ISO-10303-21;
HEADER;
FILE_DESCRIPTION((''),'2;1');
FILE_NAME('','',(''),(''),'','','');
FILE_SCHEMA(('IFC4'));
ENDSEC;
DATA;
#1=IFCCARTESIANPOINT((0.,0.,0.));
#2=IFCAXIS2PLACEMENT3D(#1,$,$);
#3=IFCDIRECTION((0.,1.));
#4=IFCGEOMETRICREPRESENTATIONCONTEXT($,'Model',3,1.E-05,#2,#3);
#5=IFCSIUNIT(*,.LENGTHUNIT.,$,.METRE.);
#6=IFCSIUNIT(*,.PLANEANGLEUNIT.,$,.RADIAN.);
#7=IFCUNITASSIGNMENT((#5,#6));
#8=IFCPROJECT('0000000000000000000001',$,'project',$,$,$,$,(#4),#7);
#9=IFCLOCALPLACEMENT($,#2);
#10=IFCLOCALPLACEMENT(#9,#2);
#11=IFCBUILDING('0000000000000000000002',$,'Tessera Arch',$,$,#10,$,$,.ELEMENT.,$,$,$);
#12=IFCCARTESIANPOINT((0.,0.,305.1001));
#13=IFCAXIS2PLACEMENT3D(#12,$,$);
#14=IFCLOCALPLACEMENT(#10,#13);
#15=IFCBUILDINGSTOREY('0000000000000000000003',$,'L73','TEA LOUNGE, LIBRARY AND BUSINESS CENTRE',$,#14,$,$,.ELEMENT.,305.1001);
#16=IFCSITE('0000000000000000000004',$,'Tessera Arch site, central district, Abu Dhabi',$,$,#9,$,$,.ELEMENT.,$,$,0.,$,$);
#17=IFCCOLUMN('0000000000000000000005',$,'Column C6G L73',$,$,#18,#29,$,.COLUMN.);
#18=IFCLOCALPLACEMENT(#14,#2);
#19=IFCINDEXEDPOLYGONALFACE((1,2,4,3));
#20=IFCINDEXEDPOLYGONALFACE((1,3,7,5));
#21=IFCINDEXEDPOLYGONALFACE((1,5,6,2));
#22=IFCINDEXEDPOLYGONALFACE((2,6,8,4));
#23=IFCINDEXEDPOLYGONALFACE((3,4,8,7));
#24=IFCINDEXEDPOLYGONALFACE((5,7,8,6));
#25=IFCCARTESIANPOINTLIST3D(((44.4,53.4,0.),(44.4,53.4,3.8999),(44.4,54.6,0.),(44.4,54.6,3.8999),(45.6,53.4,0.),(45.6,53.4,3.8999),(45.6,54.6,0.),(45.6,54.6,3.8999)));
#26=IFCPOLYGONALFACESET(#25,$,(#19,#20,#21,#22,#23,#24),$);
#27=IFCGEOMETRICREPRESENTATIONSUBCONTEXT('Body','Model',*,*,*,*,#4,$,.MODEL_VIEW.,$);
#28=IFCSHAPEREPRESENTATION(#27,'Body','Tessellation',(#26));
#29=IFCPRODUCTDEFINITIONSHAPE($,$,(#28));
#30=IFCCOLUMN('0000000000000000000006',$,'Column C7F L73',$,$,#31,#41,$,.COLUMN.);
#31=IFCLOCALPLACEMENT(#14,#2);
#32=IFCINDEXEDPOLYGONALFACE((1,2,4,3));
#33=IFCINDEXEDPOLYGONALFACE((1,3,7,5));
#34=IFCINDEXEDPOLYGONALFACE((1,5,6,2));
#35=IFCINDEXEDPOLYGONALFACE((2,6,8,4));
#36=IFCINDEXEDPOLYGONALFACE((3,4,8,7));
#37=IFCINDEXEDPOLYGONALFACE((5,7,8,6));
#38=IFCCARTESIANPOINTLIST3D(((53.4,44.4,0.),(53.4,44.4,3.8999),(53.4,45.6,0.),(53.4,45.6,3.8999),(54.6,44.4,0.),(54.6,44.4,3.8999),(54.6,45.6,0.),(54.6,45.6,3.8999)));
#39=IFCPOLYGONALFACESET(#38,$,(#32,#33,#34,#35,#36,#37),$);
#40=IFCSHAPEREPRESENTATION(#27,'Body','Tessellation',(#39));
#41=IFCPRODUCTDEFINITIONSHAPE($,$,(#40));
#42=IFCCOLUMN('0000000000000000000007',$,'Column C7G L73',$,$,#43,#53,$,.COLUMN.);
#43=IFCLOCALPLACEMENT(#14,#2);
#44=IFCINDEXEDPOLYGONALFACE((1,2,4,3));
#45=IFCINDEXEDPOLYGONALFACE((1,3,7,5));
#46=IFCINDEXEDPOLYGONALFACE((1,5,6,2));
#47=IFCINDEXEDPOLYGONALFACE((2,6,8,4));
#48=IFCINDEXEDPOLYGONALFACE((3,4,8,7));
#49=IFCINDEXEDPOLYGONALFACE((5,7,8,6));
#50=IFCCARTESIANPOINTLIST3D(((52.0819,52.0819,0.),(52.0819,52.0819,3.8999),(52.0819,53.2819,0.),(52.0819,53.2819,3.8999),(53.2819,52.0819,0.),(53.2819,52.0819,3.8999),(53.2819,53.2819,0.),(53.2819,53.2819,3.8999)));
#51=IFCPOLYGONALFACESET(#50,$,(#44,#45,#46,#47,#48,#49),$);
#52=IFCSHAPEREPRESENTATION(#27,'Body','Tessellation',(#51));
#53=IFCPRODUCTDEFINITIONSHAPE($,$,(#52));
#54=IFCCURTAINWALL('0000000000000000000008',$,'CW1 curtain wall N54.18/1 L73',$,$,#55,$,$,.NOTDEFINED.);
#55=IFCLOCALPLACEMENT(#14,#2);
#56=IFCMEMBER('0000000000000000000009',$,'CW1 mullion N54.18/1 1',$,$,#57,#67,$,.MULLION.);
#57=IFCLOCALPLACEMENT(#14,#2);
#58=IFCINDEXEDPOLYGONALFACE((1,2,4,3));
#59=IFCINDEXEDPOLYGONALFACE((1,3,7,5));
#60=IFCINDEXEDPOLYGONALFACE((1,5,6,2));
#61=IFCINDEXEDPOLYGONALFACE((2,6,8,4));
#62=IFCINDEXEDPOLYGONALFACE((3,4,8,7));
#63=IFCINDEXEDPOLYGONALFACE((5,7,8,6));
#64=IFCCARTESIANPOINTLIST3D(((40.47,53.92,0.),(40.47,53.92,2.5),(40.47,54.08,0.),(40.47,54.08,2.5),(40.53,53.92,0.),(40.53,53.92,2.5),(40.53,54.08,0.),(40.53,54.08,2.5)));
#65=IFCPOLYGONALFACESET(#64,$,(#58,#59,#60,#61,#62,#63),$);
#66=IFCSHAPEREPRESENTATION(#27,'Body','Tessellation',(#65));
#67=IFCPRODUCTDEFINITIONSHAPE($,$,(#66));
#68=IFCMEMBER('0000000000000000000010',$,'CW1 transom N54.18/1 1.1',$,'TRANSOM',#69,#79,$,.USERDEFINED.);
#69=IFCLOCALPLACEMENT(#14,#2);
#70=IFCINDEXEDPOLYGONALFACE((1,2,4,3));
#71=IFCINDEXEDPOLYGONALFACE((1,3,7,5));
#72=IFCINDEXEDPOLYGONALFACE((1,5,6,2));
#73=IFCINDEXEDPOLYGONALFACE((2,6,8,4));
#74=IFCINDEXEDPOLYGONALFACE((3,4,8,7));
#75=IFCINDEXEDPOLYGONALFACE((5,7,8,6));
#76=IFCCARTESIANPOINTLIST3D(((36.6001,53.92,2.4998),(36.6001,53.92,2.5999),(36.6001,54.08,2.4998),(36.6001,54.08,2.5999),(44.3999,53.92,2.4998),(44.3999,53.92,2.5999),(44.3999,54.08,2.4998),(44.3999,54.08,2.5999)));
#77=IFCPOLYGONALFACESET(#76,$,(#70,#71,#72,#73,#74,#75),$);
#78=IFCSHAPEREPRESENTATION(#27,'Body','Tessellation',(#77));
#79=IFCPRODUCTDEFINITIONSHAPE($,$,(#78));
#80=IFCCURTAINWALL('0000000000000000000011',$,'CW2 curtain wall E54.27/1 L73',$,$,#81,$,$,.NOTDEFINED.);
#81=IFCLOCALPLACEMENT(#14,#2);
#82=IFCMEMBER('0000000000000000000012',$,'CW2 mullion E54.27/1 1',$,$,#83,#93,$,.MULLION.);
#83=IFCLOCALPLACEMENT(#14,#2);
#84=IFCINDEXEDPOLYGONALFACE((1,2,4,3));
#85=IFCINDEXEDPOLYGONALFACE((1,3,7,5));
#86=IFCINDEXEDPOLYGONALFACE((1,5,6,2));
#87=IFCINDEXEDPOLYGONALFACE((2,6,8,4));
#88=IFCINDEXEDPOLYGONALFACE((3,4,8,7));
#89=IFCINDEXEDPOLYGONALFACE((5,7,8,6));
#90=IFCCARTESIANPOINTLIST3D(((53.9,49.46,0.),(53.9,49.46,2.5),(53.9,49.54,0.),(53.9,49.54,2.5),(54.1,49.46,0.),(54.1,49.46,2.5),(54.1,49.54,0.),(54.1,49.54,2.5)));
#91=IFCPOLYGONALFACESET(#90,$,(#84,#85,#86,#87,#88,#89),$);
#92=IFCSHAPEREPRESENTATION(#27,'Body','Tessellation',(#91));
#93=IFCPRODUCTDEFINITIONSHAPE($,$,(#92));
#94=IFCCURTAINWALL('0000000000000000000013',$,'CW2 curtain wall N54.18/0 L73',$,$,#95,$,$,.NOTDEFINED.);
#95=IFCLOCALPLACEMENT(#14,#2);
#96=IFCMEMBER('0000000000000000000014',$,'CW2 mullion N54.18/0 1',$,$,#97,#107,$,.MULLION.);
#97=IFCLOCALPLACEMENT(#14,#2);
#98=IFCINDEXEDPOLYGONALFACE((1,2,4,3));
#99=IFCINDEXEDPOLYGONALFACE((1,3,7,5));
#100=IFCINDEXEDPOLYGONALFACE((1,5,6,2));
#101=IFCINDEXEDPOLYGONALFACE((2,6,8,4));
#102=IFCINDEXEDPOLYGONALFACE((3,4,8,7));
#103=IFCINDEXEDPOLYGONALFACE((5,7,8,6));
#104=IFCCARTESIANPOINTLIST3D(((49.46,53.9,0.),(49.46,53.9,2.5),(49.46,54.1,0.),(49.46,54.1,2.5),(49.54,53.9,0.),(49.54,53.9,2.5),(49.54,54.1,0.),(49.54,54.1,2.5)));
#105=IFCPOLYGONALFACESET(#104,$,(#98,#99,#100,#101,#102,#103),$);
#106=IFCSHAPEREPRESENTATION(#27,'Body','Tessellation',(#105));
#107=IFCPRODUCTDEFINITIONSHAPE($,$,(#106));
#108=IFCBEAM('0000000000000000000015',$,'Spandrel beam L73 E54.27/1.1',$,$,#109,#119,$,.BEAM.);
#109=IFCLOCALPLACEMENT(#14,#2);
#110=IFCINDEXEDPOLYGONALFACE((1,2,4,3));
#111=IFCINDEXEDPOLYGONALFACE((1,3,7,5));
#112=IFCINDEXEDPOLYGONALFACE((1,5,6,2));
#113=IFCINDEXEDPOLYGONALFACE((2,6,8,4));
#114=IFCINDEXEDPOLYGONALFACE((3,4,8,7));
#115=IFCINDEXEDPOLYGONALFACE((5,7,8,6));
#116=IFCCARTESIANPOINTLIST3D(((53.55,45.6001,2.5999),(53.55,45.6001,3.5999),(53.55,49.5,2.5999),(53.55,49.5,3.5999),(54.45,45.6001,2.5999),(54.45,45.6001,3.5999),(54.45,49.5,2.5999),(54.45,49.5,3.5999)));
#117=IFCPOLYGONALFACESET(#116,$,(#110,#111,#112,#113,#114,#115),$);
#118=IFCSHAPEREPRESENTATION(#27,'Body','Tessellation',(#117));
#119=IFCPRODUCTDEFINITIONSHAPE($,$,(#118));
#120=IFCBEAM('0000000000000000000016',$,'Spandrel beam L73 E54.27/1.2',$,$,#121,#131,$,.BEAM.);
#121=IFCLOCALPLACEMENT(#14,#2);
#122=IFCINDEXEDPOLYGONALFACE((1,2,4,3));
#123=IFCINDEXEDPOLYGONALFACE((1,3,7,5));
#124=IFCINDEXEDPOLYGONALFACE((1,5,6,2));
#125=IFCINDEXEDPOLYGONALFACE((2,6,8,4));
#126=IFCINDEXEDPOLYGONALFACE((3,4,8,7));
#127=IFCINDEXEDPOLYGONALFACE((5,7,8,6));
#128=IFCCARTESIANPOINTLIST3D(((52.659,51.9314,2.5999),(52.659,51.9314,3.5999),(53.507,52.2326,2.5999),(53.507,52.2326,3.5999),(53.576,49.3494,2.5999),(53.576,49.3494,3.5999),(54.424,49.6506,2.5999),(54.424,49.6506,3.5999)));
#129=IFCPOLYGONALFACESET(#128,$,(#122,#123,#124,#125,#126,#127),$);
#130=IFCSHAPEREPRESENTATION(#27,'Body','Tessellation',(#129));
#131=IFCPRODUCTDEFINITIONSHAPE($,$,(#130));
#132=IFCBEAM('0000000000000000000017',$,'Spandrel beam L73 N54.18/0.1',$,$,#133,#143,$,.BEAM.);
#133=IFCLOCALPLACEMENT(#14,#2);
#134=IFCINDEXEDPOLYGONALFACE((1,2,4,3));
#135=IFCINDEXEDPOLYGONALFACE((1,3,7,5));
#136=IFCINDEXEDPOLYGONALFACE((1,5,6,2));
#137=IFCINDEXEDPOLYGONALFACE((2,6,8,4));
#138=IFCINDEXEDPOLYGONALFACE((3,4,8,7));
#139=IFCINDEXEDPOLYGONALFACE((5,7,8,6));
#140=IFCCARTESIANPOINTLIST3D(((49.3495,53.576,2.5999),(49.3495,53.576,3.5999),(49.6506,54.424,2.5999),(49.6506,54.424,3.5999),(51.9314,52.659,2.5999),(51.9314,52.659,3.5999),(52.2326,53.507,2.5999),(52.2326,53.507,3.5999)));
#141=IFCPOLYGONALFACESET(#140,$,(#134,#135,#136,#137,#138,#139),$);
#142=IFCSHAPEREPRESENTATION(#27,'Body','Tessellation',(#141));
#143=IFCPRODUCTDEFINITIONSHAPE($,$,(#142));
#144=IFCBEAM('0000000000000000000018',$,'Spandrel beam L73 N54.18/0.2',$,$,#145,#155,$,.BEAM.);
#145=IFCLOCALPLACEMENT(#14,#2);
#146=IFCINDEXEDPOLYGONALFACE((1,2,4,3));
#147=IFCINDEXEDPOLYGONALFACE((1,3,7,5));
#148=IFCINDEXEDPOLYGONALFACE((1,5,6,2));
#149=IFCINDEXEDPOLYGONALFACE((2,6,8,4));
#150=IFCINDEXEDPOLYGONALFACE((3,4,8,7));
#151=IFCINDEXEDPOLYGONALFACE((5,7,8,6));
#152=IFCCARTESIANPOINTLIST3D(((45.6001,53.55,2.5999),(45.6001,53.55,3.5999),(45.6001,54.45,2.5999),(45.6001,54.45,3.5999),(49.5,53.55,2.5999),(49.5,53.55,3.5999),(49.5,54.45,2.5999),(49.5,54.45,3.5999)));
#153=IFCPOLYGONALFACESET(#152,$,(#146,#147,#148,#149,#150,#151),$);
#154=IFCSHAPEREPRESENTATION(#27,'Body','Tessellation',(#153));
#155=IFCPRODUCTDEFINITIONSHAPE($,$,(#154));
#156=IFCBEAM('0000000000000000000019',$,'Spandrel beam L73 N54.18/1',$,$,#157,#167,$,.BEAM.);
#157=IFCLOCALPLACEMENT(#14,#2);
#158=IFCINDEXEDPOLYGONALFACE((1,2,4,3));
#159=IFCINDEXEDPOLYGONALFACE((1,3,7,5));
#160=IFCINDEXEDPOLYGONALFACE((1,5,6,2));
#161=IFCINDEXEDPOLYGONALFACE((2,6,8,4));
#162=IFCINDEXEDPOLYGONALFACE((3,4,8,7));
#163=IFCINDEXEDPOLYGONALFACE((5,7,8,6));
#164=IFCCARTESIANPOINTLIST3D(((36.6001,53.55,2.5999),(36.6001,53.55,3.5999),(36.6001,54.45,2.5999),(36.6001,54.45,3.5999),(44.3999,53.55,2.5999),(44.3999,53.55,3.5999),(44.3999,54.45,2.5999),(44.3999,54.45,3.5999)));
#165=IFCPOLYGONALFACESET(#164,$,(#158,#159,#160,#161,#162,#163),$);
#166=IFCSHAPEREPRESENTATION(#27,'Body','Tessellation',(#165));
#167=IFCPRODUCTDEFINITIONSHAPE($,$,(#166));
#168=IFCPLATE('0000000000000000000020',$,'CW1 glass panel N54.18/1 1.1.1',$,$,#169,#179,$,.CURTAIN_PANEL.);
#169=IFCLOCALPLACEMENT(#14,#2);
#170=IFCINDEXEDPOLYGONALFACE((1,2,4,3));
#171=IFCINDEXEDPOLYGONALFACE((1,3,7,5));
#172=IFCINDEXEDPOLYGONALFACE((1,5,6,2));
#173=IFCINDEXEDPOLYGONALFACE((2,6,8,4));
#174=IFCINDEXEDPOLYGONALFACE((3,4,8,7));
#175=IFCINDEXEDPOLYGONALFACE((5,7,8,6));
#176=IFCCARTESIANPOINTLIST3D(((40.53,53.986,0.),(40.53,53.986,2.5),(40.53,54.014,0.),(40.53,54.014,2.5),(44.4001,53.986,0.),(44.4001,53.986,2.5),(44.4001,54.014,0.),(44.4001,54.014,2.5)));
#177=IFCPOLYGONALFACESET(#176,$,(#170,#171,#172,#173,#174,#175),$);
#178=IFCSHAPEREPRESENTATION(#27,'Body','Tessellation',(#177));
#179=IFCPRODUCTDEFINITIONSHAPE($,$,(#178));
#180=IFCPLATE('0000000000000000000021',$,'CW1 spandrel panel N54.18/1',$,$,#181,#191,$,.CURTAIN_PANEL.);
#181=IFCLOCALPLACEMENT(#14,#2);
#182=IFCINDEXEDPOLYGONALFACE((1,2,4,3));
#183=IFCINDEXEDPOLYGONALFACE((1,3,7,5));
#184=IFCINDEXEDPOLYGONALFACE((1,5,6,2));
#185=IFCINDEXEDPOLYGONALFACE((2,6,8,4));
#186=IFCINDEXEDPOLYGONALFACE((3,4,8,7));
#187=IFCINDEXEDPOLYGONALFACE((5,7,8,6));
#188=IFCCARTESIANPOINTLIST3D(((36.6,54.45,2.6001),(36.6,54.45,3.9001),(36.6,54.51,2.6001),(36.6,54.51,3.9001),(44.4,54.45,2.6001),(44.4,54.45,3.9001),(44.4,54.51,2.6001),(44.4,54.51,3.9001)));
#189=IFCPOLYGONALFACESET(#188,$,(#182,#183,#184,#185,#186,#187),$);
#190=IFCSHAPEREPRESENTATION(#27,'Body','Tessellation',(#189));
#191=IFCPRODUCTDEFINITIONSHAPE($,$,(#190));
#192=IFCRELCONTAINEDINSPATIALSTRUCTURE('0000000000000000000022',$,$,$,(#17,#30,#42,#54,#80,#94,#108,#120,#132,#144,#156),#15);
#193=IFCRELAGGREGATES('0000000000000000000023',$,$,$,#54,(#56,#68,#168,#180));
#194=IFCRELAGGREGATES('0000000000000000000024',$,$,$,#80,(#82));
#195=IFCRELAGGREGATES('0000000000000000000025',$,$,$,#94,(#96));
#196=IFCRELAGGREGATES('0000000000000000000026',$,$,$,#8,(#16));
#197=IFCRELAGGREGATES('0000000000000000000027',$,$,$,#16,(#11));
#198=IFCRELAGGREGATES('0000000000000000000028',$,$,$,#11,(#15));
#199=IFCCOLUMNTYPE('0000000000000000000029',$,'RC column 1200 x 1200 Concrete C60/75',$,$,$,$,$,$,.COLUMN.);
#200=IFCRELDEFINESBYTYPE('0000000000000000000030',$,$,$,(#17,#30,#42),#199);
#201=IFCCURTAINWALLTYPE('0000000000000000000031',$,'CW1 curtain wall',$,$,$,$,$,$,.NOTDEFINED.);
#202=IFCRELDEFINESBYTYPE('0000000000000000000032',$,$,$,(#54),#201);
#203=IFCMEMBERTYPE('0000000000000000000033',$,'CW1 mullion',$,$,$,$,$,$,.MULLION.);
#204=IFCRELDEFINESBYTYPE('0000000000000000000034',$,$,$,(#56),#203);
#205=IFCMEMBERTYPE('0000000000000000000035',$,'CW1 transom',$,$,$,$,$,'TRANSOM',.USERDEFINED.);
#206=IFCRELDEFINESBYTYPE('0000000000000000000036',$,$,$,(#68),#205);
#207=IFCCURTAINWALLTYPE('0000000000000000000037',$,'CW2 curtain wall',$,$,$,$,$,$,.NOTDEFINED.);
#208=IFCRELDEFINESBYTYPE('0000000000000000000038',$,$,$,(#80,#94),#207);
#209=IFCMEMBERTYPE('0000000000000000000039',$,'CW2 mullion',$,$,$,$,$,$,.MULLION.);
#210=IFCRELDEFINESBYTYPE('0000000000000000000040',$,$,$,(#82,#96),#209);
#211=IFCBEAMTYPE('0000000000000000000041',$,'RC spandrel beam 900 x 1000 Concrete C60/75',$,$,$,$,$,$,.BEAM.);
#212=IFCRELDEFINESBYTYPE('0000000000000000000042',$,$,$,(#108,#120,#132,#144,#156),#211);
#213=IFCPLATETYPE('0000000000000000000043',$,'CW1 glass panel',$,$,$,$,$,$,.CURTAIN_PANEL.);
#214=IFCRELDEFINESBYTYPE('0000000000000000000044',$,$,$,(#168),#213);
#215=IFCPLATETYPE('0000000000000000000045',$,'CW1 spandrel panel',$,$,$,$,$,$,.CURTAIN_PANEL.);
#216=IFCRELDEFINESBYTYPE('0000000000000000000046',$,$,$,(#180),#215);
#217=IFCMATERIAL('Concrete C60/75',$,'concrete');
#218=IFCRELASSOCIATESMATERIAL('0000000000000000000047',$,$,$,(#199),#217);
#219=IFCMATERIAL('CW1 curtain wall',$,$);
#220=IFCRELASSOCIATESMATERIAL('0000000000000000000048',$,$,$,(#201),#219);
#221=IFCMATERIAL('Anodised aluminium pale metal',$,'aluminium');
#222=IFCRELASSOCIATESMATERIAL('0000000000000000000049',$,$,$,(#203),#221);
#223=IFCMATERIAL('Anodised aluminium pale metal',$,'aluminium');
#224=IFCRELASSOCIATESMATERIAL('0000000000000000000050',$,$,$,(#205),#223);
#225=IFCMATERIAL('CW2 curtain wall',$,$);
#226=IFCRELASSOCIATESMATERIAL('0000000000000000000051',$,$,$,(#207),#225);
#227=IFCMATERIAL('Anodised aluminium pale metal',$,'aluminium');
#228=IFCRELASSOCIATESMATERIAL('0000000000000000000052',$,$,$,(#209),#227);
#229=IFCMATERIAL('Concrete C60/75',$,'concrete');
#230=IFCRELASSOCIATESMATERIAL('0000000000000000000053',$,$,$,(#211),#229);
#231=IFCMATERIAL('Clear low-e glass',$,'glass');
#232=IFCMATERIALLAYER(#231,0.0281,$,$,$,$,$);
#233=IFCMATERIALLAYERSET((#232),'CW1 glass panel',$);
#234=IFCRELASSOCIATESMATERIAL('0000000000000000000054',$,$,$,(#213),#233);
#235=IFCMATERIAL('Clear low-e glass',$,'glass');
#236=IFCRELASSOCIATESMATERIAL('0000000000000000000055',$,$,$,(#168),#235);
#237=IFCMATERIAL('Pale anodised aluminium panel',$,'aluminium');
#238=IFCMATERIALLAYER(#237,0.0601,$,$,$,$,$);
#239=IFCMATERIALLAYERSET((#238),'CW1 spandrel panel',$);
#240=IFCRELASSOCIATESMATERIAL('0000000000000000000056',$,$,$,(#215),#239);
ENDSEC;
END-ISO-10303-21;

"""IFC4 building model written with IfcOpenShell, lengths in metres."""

from ifc_helpers import new_model, si_unit, direction, frame, origin, origin_2d, place, context, subcontext, project, spatial, rectangle, extrude, material, layer, layer_set, material_profile, profile_set, type_object, element, aggregate, save


model = new_model("IFC4")

# Units and contexts
model_context = context("Model", 3, precision=1e-05, world=origin(), true_north=direction((0.0, 1.0)))
body_context = subcontext(model_context, "Body", "Model", "MODEL_VIEW")
ifc_project = project(units=[si_unit("LENGTHUNIT", "METRE"), si_unit("PLANEANGLEUNIT", "RADIAN")], contexts=[model_context])

# Site, building, storey
site_placement = place(None, origin())
site = spatial("IfcSite", under=ifc_project, at=site_placement, Name="Tessera Arch site, central district, Abu Dhabi", CompositionType="ELEMENT", RefElevation=0.0)
building_placement = place(site_placement, origin())
building = spatial("IfcBuilding", under=site, at=building_placement, Name="Tessera Arch", CompositionType="ELEMENT")
storey_placement = place(building_placement, frame((0.0, 0.0, 305.1001)))
storey = spatial("IfcBuildingStorey", under=building, at=storey_placement, Name="L73", Description="TEA LOUNGE, LIBRARY AND BUSINESS CENTRE", CompositionType="ELEMENT", Elevation=305.1001)

# Columns
ifc_material_1 = material(Name="Concrete C60/75", Category="concrete")
ifc_material_profile_1 = material_profile(ifc_material_1, rectangle(XDim=1.2, YDim=1.2, at=origin_2d()), Name="RC column 1200 x 1200 Concrete C60/75")
ifc_profile_set_1 = profile_set([ifc_material_profile_1], Name="Concrete C60/75")
column_type = type_object("IfcColumnType", Name="RC column 1200 x 1200 Concrete C60/75", PredefinedType="COLUMN", material=ifc_profile_set_1)
for number, where, z_axis, x_axis, name in (
    (1, (45.0, 54.0, 0.0), (0.0, 0.0, 1.0), (1.0, 0.0, 0.0), "Column C6G L73"),
    (2, (54.0, 45.0, 0.0), (0.0, 0.0, 1.0), (1.0, 0.0, 0.0), "Column C7F L73"),
    (3, (52.6819, 52.6819, 0.0), (0.0, 0.0, 1.0), (1.0, 0.0, 0.0), "Column C7G L73"),
):
    element("IfcColumn", number, at=place(storey_placement, frame(where, z_axis=z_axis, x_axis=x_axis)), inside=storey, type_object=column_type, Name=name, PredefinedType="COLUMN", context=body_context, shape_type="SweptSolid", body=[
        extrude(rectangle(XDim=1.2, YDim=1.2, at=origin_2d()), origin(), (0.0, 0.0, 1.0), 3.8999),
    ])

# Curtain wall, members
ifc_material_2 = material(Name="CW1 curtain wall")
curtain_wall_type_1 = type_object("IfcCurtainWallType", Name="CW1 curtain wall", PredefinedType="NOTDEFINED", material=ifc_material_2)
curtain_wall_1_placement = place(storey_placement, origin())
curtain_wall_1 = element("IfcCurtainWall", 4, at=curtain_wall_1_placement, inside=storey, type_object=curtain_wall_type_1, Name="CW1 curtain wall N54.18/1 L73", PredefinedType="NOTDEFINED")
ifc_material_3 = material(Name="Anodised aluminium pale metal", Category="aluminium")
ifc_material_profile_2 = material_profile(ifc_material_3, rectangle(XDim=0.1599, YDim=0.0601, at=origin_2d()), Name="AL 60x160")
ifc_profile_set_2 = profile_set([ifc_material_profile_2], Name="Anodised aluminium pale metal")
member_type_1 = type_object("IfcMemberType", Name="CW1 mullion", PredefinedType="MULLION", material=ifc_profile_set_2)
member_1_placement = place(storey_placement, frame((40.5, 54.0, 0.0), z_axis=(0.0, 0.0, 1.0), x_axis=(0.0, -1.0, 0.0)))
member_1 = element("IfcMember", 5, at=member_1_placement, type_object=member_type_1, Name="CW1 mullion N54.18/1 1", PredefinedType="MULLION", context=body_context, shape_type="SweptSolid", body=[
    extrude(rectangle(XDim=0.1599, YDim=0.0601, at=origin_2d()), origin(), (0.0, 0.0, 1.0), 2.5),
])
ifc_material_4 = material(Name="Anodised aluminium pale metal", Category="aluminium")
ifc_material_profile_3 = material_profile(ifc_material_4, rectangle(XDim=0.1599, YDim=0.1001, at=origin_2d()), Name="AL 160x100")
ifc_profile_set_3 = profile_set([ifc_material_profile_3], Name="Anodised aluminium pale metal")
member_type_2 = type_object("IfcMemberType", Name="CW1 transom", ElementType="TRANSOM", PredefinedType="USERDEFINED", material=ifc_profile_set_3)
member_2_placement = place(storey_placement, frame((44.3999, 54.0, 2.5498), z_axis=(-1.0, 0.0, 0.0), x_axis=(0.0, -1.0, 0.0)))
member_2 = element("IfcMember", 6, at=member_2_placement, type_object=member_type_2, Name="CW1 transom N54.18/1 1.1", ObjectType="TRANSOM", PredefinedType="USERDEFINED", context=body_context, shape_type="SweptSolid", body=[
    extrude(rectangle(XDim=0.1599, YDim=0.1001, at=origin_2d()), origin(), (0.0, 0.0, 1.0), 7.7998),
])

# Curtain walls, members
ifc_material_5 = material(Name="CW2 curtain wall")
curtain_wall_type_2 = type_object("IfcCurtainWallType", Name="CW2 curtain wall", PredefinedType="NOTDEFINED", material=ifc_material_5)
curtain_wall_2_placement = place(storey_placement, origin())
curtain_wall_2 = element("IfcCurtainWall", 7, at=curtain_wall_2_placement, inside=storey, type_object=curtain_wall_type_2, Name="CW2 curtain wall E54.27/1 L73", PredefinedType="NOTDEFINED")
ifc_material_6 = material(Name="Anodised aluminium pale metal", Category="aluminium")
ifc_material_profile_4 = material_profile(ifc_material_6, rectangle(XDim=0.2, YDim=0.0801, at=origin_2d()), Name="AL 80x200")
ifc_profile_set_4 = profile_set([ifc_material_profile_4], Name="Anodised aluminium pale metal")
member_type_3 = type_object("IfcMemberType", Name="CW2 mullion", PredefinedType="MULLION", material=ifc_profile_set_4)
member_3_placement = place(storey_placement, frame((54.0, 49.5, 0.0), z_axis=(0.0, 0.0, 1.0), x_axis=(-1.0, 0.0, 0.0)))
member_3 = element("IfcMember", 8, at=member_3_placement, type_object=member_type_3, Name="CW2 mullion E54.27/1 1", PredefinedType="MULLION", context=body_context, shape_type="SweptSolid", body=[
    extrude(rectangle(XDim=0.2, YDim=0.0801, at=origin_2d()), origin(), (0.0, 0.0, 1.0), 2.5),
])
curtain_wall_3_placement = place(storey_placement, origin())
curtain_wall_3 = element("IfcCurtainWall", 9, at=curtain_wall_3_placement, inside=storey, type_object=curtain_wall_type_2, Name="CW2 curtain wall N54.18/0 L73", PredefinedType="NOTDEFINED")
member_4_placement = place(storey_placement, frame((49.5, 54.0, 0.0), z_axis=(0.0, 0.0, 1.0), x_axis=(0.0, -1.0, 0.0)))
member_4 = element("IfcMember", 10, at=member_4_placement, type_object=member_type_3, Name="CW2 mullion N54.18/0 1", PredefinedType="MULLION", context=body_context, shape_type="SweptSolid", body=[
    extrude(rectangle(XDim=0.2, YDim=0.0801, at=origin_2d()), origin(), (0.0, 0.0, 1.0), 2.5),
])

# Beams
ifc_material_7 = material(Name="Concrete C60/75", Category="concrete")
ifc_material_profile_5 = material_profile(ifc_material_7, rectangle(XDim=0.8999, YDim=1.0, at=origin_2d()), Name="RC spandrel beam 900 x 1000 Concrete C60/75")
ifc_profile_set_5 = profile_set([ifc_material_profile_5], Name="Concrete C60/75")
beam_type = type_object("IfcBeamType", Name="RC spandrel beam 900 x 1000 Concrete C60/75", PredefinedType="BEAM", material=ifc_profile_set_5)
beam_1_placement = place(storey_placement, frame((54.0, 45.6001, 3.0999), z_axis=(0.0, 1.0, 0.0), x_axis=(-1.0, 0.0, 0.0)))
element("IfcBeam", 11, at=beam_1_placement, inside=storey, type_object=beam_type, Name="Spandrel beam L73 E54.27/1.1", PredefinedType="BEAM", context=body_context, shape_type="SweptSolid", body=[
    extrude(rectangle(XDim=0.8999, YDim=1.0, at=origin_2d()), origin(), (0.0, 0.0, 1.0), 3.8999),
])
for number, where, z_axis, x_axis, name in (
    (12, (54.0, 49.5, 3.0999), (-0.334665, 0.942337, 0.0), (-0.942337, -0.334665, 0.0), "Spandrel beam L73 E54.27/1.2"),
    (13, (52.082, 53.083, 3.0999), (-0.942337, 0.334665, 0.0), (-0.334665, -0.942337, 0.0), "Spandrel beam L73 N54.18/0.1"),
):
    element("IfcBeam", number, at=place(storey_placement, frame(where, z_axis=z_axis, x_axis=x_axis)), inside=storey, type_object=beam_type, Name=name, PredefinedType="BEAM", context=body_context, shape_type="SweptSolid", body=[
        extrude(rectangle(XDim=0.8999, YDim=1.0, at=origin_2d()), origin(), (0.0, 0.0, 1.0), 2.74),
    ])
beam_2_placement = place(storey_placement, frame((49.5, 54.0, 3.0999), z_axis=(-1.0, 0.0, 0.0), x_axis=(0.0, -1.0, 0.0)))
element("IfcBeam", 14, at=beam_2_placement, inside=storey, type_object=beam_type, Name="Spandrel beam L73 N54.18/0.2", PredefinedType="BEAM", context=body_context, shape_type="SweptSolid", body=[
    extrude(rectangle(XDim=0.8999, YDim=1.0, at=origin_2d()), origin(), (0.0, 0.0, 1.0), 3.8999),
])
beam_3_placement = place(storey_placement, frame((44.3999, 54.0, 3.0999), z_axis=(-1.0, 0.0, 0.0), x_axis=(0.0, -1.0, 0.0)))
element("IfcBeam", 15, at=beam_3_placement, inside=storey, type_object=beam_type, Name="Spandrel beam L73 N54.18/1", PredefinedType="BEAM", context=body_context, shape_type="SweptSolid", body=[
    extrude(rectangle(XDim=0.8999, YDim=1.0, at=origin_2d()), origin(), (0.0, 0.0, 1.0), 7.7998),
])

# Plates
ifc_material_8 = material(Name="Clear low-e glass", Category="glass")
ifc_material_9 = material(Name="Clear low-e glass", Category="glass")
ifc_layer_1 = layer(ifc_material_9, 0.0281)
ifc_layer_set_1 = layer_set([ifc_layer_1], Name="CW1 glass panel")
plate_type_1 = type_object("IfcPlateType", Name="CW1 glass panel", PredefinedType="CURTAIN_PANEL", material=ifc_layer_set_1)
plate_1_placement = place(storey_placement, frame((42.4651, 54.0, 0.0), z_axis=(0.0, 0.0, 1.0), x_axis=(-1.0, 0.0, 0.0)))
plate_1 = element("IfcPlate", 16, at=plate_1_placement, type_object=plate_type_1, material=ifc_material_8, Name="CW1 glass panel N54.18/1 1.1.1", PredefinedType="CURTAIN_PANEL", context=body_context, shape_type="SweptSolid", body=[
    extrude(rectangle(XDim=3.8701, YDim=0.0281, at=origin_2d()), origin(), (0.0, 0.0, 1.0), 2.5),
])
ifc_material_10 = material(Name="Pale anodised aluminium panel", Category="aluminium")
ifc_layer_2 = layer(ifc_material_10, 0.0601)
ifc_layer_set_2 = layer_set([ifc_layer_2], Name="CW1 spandrel panel")
plate_type_2 = type_object("IfcPlateType", Name="CW1 spandrel panel", PredefinedType="CURTAIN_PANEL", material=ifc_layer_set_2)
plate_2_placement = place(storey_placement, frame((40.5, 54.48, 2.6001), z_axis=(0.0, 0.0, 1.0), x_axis=(-1.0, 0.0, 0.0)))
plate_2 = element("IfcPlate", 17, at=plate_2_placement, type_object=plate_type_2, Name="CW1 spandrel panel N54.18/1", PredefinedType="CURTAIN_PANEL", context=body_context, shape_type="SweptSolid", body=[
    extrude(rectangle(XDim=7.8, YDim=0.0601, at=origin_2d()), origin(), (0.0, 0.0, 1.0), 1.3),
])
aggregate(curtain_wall_1, [member_1, member_2, plate_1, plate_2])
aggregate(curtain_wall_2, [member_3])
aggregate(curtain_wall_3, [member_4])

save(model, "model.ifc")
